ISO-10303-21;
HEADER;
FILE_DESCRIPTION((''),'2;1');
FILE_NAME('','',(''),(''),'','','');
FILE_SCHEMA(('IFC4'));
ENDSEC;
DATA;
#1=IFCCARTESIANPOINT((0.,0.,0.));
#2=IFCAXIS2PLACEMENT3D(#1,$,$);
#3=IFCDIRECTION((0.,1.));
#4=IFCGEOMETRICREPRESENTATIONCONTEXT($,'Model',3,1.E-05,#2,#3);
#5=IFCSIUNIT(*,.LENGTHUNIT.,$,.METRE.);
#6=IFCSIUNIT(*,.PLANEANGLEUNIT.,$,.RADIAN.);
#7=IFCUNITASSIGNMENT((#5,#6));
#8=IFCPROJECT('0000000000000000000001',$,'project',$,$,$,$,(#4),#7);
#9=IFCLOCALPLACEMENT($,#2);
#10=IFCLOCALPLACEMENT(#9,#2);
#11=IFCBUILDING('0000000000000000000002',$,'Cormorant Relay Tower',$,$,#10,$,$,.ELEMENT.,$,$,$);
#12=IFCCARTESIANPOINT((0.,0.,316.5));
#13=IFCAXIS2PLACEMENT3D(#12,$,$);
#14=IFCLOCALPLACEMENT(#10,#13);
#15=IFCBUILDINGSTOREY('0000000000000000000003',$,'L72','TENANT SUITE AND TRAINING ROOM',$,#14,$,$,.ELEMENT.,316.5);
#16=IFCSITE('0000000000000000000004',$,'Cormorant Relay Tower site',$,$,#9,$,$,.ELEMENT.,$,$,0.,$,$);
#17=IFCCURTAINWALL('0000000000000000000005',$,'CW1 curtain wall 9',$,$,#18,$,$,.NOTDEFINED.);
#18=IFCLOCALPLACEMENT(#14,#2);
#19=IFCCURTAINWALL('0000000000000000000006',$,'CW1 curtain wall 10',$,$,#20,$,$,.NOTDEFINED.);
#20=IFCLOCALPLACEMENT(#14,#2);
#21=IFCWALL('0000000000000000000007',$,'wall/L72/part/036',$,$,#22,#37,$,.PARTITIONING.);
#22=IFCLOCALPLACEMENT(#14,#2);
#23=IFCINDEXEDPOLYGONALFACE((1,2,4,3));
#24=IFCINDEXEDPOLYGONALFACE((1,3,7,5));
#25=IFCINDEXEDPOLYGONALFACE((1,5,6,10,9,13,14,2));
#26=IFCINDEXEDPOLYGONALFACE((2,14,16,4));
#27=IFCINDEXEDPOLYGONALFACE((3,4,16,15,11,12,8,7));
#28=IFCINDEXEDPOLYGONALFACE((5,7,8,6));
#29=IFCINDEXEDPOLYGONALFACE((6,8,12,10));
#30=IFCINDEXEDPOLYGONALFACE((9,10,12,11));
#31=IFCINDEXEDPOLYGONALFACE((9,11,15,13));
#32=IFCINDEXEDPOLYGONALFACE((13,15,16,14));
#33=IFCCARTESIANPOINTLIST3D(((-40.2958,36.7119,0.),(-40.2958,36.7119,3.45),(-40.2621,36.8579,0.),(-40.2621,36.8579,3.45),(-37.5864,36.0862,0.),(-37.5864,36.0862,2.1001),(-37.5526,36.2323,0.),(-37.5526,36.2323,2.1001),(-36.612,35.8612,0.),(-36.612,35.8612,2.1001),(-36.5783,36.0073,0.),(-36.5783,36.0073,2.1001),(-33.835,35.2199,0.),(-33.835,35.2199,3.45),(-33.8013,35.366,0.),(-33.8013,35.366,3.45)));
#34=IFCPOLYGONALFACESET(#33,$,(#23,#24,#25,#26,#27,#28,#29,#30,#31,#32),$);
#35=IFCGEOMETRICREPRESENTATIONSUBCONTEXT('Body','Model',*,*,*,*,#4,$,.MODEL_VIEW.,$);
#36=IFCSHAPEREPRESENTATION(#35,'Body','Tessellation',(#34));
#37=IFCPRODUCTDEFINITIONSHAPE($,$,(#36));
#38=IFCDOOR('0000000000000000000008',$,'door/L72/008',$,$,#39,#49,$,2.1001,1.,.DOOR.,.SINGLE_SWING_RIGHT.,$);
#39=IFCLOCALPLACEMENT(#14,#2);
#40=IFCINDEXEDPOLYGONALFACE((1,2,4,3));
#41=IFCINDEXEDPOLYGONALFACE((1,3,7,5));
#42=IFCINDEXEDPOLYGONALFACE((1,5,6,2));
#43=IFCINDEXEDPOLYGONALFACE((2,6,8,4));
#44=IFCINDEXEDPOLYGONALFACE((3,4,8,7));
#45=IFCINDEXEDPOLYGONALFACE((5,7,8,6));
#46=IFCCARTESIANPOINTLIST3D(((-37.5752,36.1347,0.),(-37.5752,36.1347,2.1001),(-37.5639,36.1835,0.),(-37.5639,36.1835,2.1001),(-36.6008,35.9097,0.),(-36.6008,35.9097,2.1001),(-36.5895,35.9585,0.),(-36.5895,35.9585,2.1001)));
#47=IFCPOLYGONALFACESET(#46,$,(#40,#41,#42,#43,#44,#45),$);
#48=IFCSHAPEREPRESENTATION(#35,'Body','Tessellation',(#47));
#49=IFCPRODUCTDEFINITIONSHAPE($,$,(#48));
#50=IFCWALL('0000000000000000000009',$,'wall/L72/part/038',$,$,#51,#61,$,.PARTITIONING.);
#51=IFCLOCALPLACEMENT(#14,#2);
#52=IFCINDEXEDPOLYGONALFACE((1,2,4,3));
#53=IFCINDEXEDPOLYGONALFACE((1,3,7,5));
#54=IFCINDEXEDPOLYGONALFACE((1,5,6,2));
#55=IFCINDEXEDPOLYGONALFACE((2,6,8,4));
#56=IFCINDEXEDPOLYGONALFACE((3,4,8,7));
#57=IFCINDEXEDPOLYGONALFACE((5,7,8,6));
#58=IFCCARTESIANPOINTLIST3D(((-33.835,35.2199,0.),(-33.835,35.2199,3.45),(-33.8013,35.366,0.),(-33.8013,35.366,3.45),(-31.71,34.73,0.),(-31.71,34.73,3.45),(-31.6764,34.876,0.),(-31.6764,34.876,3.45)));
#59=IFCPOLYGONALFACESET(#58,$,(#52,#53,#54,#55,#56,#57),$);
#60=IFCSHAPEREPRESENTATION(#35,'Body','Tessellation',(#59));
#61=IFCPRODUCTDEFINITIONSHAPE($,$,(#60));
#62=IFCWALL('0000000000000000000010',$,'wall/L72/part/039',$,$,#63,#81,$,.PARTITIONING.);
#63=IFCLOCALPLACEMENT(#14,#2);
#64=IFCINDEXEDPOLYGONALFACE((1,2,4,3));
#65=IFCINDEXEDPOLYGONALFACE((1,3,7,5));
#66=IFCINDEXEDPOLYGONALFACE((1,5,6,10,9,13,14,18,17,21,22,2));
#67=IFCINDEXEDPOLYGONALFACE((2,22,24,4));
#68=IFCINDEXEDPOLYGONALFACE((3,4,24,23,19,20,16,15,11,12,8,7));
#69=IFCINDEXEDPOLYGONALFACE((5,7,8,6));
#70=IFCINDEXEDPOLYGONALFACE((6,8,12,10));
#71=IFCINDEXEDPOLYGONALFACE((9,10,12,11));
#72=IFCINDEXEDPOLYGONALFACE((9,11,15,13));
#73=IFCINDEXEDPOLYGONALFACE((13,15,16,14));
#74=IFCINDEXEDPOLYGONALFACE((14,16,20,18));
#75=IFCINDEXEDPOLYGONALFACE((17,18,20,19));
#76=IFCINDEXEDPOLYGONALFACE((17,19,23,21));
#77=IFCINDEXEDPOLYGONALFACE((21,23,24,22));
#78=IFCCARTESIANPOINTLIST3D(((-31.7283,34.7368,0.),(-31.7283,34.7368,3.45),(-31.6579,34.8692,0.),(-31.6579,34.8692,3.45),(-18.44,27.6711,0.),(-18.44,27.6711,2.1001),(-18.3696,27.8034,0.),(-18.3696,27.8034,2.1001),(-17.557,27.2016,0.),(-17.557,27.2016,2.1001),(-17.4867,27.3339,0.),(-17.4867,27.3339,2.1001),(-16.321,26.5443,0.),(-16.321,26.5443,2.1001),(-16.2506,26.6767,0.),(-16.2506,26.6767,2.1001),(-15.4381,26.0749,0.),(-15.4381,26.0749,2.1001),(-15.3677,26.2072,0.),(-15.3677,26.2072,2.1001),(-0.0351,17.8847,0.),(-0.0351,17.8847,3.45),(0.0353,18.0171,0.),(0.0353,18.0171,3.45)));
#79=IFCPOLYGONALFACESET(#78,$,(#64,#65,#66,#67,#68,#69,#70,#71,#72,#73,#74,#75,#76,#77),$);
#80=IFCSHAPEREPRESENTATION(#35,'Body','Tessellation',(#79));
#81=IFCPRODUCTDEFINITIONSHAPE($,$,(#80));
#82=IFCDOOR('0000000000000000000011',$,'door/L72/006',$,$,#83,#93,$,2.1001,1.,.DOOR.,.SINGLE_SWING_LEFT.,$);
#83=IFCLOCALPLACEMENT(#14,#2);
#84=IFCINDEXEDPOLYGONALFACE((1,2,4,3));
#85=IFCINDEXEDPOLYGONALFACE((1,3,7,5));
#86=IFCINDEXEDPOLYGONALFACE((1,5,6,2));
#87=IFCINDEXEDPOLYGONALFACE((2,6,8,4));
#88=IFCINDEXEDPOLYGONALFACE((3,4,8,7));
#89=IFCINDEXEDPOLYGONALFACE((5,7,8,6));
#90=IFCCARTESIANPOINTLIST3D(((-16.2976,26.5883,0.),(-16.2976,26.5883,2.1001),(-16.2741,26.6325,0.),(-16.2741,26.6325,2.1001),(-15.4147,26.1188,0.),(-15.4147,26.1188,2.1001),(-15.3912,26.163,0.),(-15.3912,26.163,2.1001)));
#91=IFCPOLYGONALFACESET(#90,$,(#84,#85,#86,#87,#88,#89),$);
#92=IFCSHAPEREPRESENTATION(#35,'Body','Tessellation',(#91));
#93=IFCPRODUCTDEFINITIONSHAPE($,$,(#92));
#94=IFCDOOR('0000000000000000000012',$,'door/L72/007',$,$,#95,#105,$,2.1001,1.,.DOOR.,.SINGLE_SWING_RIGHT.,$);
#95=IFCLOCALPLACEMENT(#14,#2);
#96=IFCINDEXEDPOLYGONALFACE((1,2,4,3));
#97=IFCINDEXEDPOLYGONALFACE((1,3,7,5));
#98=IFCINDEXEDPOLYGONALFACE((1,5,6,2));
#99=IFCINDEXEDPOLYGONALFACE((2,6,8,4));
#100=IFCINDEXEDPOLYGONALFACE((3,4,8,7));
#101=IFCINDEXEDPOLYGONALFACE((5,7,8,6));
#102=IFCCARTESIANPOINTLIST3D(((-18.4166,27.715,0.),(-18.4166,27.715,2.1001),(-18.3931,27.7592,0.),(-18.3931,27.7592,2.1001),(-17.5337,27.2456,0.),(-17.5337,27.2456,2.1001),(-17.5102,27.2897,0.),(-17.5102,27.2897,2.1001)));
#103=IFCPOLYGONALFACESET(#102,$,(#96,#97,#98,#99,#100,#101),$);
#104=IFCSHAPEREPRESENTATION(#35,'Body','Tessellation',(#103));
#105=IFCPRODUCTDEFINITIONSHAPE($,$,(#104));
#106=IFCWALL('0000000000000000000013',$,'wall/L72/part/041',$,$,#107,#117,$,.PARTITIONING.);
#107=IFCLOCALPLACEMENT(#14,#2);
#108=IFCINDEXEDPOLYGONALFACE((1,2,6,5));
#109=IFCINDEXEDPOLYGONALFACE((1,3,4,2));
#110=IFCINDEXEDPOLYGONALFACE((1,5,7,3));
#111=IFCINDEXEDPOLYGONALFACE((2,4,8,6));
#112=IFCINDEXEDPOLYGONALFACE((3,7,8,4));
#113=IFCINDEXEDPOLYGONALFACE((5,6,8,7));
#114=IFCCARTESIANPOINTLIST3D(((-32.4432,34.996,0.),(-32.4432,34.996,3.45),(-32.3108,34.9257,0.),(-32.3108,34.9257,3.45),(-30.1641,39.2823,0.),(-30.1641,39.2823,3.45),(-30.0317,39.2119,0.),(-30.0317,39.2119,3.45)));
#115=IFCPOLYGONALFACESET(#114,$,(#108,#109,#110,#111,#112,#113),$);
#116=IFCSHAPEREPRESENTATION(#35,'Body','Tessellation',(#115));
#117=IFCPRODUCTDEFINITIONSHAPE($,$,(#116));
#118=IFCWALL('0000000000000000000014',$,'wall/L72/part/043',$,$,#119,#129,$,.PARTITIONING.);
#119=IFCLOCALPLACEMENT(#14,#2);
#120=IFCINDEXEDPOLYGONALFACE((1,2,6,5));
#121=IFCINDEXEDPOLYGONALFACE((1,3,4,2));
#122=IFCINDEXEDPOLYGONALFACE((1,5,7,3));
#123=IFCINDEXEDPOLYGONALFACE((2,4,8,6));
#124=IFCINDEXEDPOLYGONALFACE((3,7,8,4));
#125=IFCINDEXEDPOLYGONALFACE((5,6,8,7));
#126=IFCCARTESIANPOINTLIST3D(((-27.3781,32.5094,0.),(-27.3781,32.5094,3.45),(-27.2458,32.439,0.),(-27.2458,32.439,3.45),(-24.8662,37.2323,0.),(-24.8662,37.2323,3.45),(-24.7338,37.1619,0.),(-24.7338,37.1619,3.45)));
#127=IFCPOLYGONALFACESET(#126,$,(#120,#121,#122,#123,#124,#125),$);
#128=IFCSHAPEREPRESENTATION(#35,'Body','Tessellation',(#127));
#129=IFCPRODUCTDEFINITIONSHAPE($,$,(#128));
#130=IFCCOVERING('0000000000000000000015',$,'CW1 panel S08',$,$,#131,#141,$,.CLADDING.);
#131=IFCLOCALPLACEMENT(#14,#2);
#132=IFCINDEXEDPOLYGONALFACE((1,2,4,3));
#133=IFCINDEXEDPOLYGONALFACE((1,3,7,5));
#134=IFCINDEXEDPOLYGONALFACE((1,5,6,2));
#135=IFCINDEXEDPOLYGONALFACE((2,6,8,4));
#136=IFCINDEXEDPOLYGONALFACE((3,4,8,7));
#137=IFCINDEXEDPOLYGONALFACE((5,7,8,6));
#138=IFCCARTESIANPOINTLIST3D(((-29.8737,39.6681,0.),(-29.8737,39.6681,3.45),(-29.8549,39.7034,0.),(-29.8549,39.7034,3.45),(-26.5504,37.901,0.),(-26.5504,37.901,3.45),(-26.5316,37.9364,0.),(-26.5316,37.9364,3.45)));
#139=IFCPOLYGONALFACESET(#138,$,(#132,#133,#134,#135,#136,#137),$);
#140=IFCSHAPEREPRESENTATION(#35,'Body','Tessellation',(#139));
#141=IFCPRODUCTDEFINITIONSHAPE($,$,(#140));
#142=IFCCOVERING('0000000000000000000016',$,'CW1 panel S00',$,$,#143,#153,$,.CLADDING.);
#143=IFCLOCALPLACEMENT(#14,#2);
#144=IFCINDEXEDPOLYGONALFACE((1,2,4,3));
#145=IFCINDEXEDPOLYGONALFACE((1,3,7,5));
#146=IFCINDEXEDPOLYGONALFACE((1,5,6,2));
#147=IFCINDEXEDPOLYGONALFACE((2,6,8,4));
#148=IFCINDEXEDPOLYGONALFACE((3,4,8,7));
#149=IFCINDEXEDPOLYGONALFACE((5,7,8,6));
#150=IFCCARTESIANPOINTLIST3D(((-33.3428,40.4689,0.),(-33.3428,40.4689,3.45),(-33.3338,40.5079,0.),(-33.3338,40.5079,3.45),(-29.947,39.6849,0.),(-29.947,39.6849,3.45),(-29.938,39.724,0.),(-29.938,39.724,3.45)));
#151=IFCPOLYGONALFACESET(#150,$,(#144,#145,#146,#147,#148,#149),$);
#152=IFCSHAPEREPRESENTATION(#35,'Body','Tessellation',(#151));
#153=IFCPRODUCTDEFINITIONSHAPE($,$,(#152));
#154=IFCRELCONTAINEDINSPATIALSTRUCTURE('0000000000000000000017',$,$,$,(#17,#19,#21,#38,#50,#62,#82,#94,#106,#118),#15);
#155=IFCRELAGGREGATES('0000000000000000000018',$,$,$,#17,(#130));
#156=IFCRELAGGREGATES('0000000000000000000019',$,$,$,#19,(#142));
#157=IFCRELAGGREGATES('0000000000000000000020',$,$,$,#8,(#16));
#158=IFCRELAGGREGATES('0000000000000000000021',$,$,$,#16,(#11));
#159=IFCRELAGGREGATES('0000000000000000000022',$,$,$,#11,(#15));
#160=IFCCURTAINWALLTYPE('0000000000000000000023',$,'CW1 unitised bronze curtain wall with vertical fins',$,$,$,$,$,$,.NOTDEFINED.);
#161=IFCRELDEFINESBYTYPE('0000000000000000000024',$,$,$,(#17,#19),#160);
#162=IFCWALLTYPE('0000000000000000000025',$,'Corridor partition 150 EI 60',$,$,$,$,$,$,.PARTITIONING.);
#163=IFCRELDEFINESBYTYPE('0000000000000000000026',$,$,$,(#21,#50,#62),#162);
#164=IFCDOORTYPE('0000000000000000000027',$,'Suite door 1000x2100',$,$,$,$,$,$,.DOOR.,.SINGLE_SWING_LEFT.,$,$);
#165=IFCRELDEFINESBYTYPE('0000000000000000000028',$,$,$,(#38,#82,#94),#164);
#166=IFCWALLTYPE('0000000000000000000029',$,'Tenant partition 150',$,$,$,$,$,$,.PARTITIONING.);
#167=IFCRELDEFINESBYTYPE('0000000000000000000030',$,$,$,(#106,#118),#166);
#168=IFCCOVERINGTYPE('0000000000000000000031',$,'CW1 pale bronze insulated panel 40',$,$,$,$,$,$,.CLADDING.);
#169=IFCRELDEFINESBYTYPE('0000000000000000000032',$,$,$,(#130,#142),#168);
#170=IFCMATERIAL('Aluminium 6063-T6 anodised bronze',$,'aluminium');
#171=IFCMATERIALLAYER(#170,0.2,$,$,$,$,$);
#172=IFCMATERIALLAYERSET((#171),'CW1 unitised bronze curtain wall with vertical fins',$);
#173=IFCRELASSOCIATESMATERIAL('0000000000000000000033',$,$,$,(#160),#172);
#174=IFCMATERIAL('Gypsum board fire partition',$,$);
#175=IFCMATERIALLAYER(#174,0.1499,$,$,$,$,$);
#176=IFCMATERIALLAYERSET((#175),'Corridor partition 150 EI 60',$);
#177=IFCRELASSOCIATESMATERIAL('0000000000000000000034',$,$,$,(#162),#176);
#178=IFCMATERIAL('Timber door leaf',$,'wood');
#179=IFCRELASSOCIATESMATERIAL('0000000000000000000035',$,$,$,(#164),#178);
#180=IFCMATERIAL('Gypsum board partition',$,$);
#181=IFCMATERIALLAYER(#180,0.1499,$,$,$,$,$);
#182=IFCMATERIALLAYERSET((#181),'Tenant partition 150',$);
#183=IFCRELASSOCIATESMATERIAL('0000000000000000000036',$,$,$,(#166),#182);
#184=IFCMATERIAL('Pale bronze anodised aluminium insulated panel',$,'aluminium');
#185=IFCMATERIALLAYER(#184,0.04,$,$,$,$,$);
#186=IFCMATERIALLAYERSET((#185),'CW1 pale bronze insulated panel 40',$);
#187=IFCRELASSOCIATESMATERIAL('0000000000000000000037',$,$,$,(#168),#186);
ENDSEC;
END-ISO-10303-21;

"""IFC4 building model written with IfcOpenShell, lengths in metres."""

from ifc_helpers import new_model, si_unit, direction, frame, frame_2d, origin, origin_2d, place, context, subcontext, project, spatial, rectangle, extrude, material, layer, layer_set, type_object, element, fill, aggregate, save


model = new_model("IFC4")

# Units and contexts
model_context = context("Model", 3, precision=1e-05, world=origin(), true_north=direction((0.0, 1.0)))
body_context = subcontext(model_context, "Body", "Model", "MODEL_VIEW")
ifc_project = project(units=[si_unit("LENGTHUNIT", "METRE"), si_unit("PLANEANGLEUNIT", "RADIAN")], contexts=[model_context])

# Site, building, storey
site_placement = place(None, origin())
site = spatial("IfcSite", under=ifc_project, at=site_placement, Name="Cormorant Relay Tower site", CompositionType="ELEMENT", RefElevation=0.0)
building_placement = place(site_placement, origin())
building = spatial("IfcBuilding", under=site, at=building_placement, Name="Cormorant Relay Tower", CompositionType="ELEMENT")
storey_placement = place(building_placement, frame((0.0, 0.0, 316.5)))
storey = spatial("IfcBuildingStorey", under=building, at=storey_placement, Name="L72", Description="TENANT SUITE AND TRAINING ROOM", CompositionType="ELEMENT", Elevation=316.5)

# Curtain wall
ifc_material_1 = material(Name="Aluminium 6063-T6 anodised bronze", Category="aluminium")
ifc_layer_1 = layer(ifc_material_1, 0.2)
ifc_layer_set_1 = layer_set([ifc_layer_1], Name="CW1 unitised bronze curtain wall with vertical fins")
curtain_wall_type = type_object("IfcCurtainWallType", Name="CW1 unitised bronze curtain wall with vertical fins", PredefinedType="NOTDEFINED", material=ifc_layer_set_1)
curtain_wall_1_placement = place(storey_placement, origin())
curtain_wall_1 = element("IfcCurtainWall", 1, at=curtain_wall_1_placement, inside=storey, type_object=curtain_wall_type, Name="CW1 curtain wall 9", PredefinedType="NOTDEFINED")

# Curtain wall
curtain_wall_2_placement = place(storey_placement, origin())
curtain_wall_2 = element("IfcCurtainWall", 2, at=curtain_wall_2_placement, inside=storey, type_object=curtain_wall_type, Name="CW1 curtain wall 10", PredefinedType="NOTDEFINED")

# Shared definitions
ifc_material_2 = material(Name="Gypsum board fire partition")
ifc_layer_2 = layer(ifc_material_2, 0.1499)
ifc_layer_set_2 = layer_set([ifc_layer_2], Name="Corridor partition 150 EI 60")
wall_type_1 = type_object("IfcWallType", Name="Corridor partition 150 EI 60", PredefinedType="PARTITIONING", material=ifc_layer_set_2)

# Wall, opening, door
wall_1_placement = place(storey_placement, frame((-33.8181, 35.293, 0.0), z_axis=(0.0, 0.0, 1.0), x_axis=(-0.97436, 0.224997, 0.0)))
wall_1 = element("IfcWall", 3, at=wall_1_placement, inside=storey, type_object=wall_type_1, Name="wall/L72/part/036", PredefinedType="PARTITIONING", context=body_context, shape_type="SweptSolid", body=[
    extrude(rectangle(XDim=6.6309, YDim=0.1499, at=frame_2d((3.3154, 0.0))), origin(), (0.0, 0.0, 1.0), 3.45),
])
opening_1_placement = place(wall_1_placement, frame((2.8501, 0.0, 0.0)))
opening_1 = element("IfcOpeningElement", 4, at=opening_1_placement, cuts=wall_1, PredefinedType="OPENING", context=body_context, shape_type="SweptSolid", body=[
    extrude(rectangle(XDim=1.0, YDim=2.1001, at=frame_2d((0.5, 1.05))), frame((0.0, 0.085, 0.0), z_axis=(0.0, -1.0, 0.0), x_axis=(1.0, 0.0, 0.0)), (0.0, 0.0, 1.0), 0.1699),
])
ifc_material_3 = material(Name="Timber door leaf", Category="wood")
door_type_1 = type_object("IfcDoorType", Name="Suite door 1000x2100", OperationType="SINGLE_SWING_LEFT", PredefinedType="DOOR", material=ifc_material_3)
door_1_placement = place(opening_1_placement, frame((1.0, 0.0, 0.0), z_axis=(0.0, 0.0, 1.0), x_axis=(-1.0, 0.0, 0.0)))
door_1 = element("IfcDoor", 5, at=door_1_placement, inside=storey, type_object=door_type_1, Name="door/L72/008", OperationType="SINGLE_SWING_RIGHT", OverallHeight=2.1001, OverallWidth=1.0, PredefinedType="DOOR", context=body_context, shape_type="SweptSolid", body=[
    extrude(rectangle(XDim=1.0, YDim=2.1001, at=frame_2d((0.5, 1.05))), frame((0.0, 0.0249, 0.0), z_axis=(0.0, -1.0, 0.0), x_axis=(1.0, 0.0, 0.0)), (0.0, 0.0, 1.0), 0.05),
])
fill(opening_1, door_1)

# Wall
wall_2_placement = place(storey_placement, frame((-33.8181, 35.293, 0.0), z_axis=(0.0, 0.0, 1.0), x_axis=(0.974431, -0.224688, 0.0)))
element("IfcWall", 6, at=wall_2_placement, inside=storey, type_object=wall_type_1, Name="wall/L72/part/038", PredefinedType="PARTITIONING", context=body_context, shape_type="SweptSolid", body=[
    extrude(rectangle(XDim=2.1807, YDim=0.1499, at=frame_2d((1.0903, 0.0))), origin(), (0.0, 0.0, 1.0), 3.45),
])

# Wall, openings, doors
wall_3_placement = place(storey_placement, frame((-31.6931, 34.803, 0.0), z_axis=(0.0, 0.0, 1.0), x_axis=(0.882942, -0.469483, 0.0)))
wall_3 = element("IfcWall", 7, at=wall_3_placement, inside=storey, type_object=wall_type_1, Name="wall/L72/part/039", PredefinedType="PARTITIONING", context=body_context, shape_type="SweptSolid", body=[
    extrude(rectangle(XDim=35.895, YDim=0.1499, at=frame_2d((17.9475, 0.0))), origin(), (0.0, 0.0, 1.0), 3.45),
])
opening_2_placement = place(wall_3_placement, frame((17.45, 0.0, 0.0)))
opening_2 = element("IfcOpeningElement", 8, at=opening_2_placement, cuts=wall_3, PredefinedType="OPENING", context=body_context, shape_type="SweptSolid", body=[
    extrude(rectangle(XDim=1.0, YDim=2.1001, at=frame_2d((0.5, 1.05))), frame((0.0, 0.085, 0.0), z_axis=(0.0, -1.0, 0.0), x_axis=(1.0, 0.0, 0.0)), (0.0, 0.0, 1.0), 0.1699),
])
opening_3_placement = place(wall_3_placement, frame((15.05, 0.0, 0.0)))
opening_3 = element("IfcOpeningElement", 9, at=opening_3_placement, cuts=wall_3, PredefinedType="OPENING", context=body_context, shape_type="SweptSolid", body=[
    extrude(rectangle(XDim=1.0, YDim=2.1001, at=frame_2d((0.5, 1.05))), frame((0.0, 0.085, 0.0), z_axis=(0.0, -1.0, 0.0), x_axis=(1.0, 0.0, 0.0)), (0.0, 0.0, 1.0), 0.1699),
])
door_2_placement = place(opening_2_placement, origin())
door_2 = element("IfcDoor", 10, at=door_2_placement, inside=storey, type_object=door_type_1, Name="door/L72/006", OperationType="SINGLE_SWING_LEFT", OverallHeight=2.1001, OverallWidth=1.0, PredefinedType="DOOR", context=body_context, shape_type="SweptSolid", body=[
    extrude(rectangle(XDim=1.0, YDim=2.1001, at=frame_2d((0.5, 1.05))), frame((0.0, 0.0249, 0.0), z_axis=(0.0, -1.0, 0.0), x_axis=(1.0, 0.0, 0.0)), (0.0, 0.0, 1.0), 0.05),
])
fill(opening_2, door_2)
door_3_placement = place(opening_3_placement, origin())
door_3 = element("IfcDoor", 11, at=door_3_placement, inside=storey, type_object=door_type_1, Name="door/L72/007", OperationType="SINGLE_SWING_RIGHT", OverallHeight=2.1001, OverallWidth=1.0, PredefinedType="DOOR", context=body_context, shape_type="SweptSolid", body=[
    extrude(rectangle(XDim=1.0, YDim=2.1001, at=frame_2d((0.5, 1.05))), frame((0.0, 0.0249, 0.0), z_axis=(0.0, -1.0, 0.0), x_axis=(1.0, 0.0, 0.0)), (0.0, 0.0, 1.0), 0.05),
])
fill(opening_3, door_3)

# Walls
ifc_material_4 = material(Name="Gypsum board partition")
ifc_layer_3 = layer(ifc_material_4, 0.1499)
ifc_layer_set_3 = layer_set([ifc_layer_3], Name="Tenant partition 150")
wall_type_2 = type_object("IfcWallType", Name="Tenant partition 150", PredefinedType="PARTITIONING", material=ifc_layer_set_3)
wall_4_placement = place(storey_placement, frame((-30.0979, 39.2471, 0.0), z_axis=(0.0, 0.0, 1.0), x_axis=(-0.469484, -0.882941, 0.0)))
element("IfcWall", 12, at=wall_4_placement, inside=storey, type_object=wall_type_2, Name="wall/L72/part/041", PredefinedType="PARTITIONING", context=body_context, shape_type="SweptSolid", body=[
    extrude(rectangle(XDim=4.8545, YDim=0.1499, at=frame_2d((2.4272, 0.0))), origin(), (0.0, 0.0, 1.0), 3.45),
])
wall_5_placement = place(storey_placement, frame((-27.312, 32.4741, 0.0), z_axis=(0.0, 0.0, 1.0), x_axis=(0.469581, 0.882889, 0.0)))
element("IfcWall", 13, at=wall_5_placement, inside=storey, type_object=wall_type_2, Name="wall/L72/part/043", PredefinedType="PARTITIONING", context=body_context, shape_type="SweptSolid", body=[
    extrude(rectangle(XDim=5.3494, YDim=0.1499, at=frame_2d((2.6748, 0.0))), origin(), (0.0, 0.0, 1.0), 3.45),
])

# Coverings
ifc_material_5 = material(Name="Pale bronze anodised aluminium insulated panel", Category="aluminium")
ifc_layer_4 = layer(ifc_material_5, 0.04)
ifc_layer_set_4 = layer_set([ifc_layer_4], Name="CW1 pale bronze insulated panel 40")
covering_type = type_object("IfcCoveringType", Name="CW1 pale bronze insulated panel 40", PredefinedType="CLADDING", material=ifc_layer_set_4)
covering_1_placement = place(storey_placement, frame((-28.2026, 38.8022, 0.0), z_axis=(0.0, 0.0, 1.0), x_axis=(-0.882948, 0.469472, 0.0)))
covering_1 = element("IfcCovering", 14, at=covering_1_placement, type_object=covering_type, Name="CW1 panel S08", PredefinedType="CLADDING", context=body_context, shape_type="SweptSolid", body=[
    extrude(rectangle(XDim=3.7639, YDim=0.04, at=origin_2d()), origin(), (0.0, 0.0, 1.0), 3.45),
])
aggregate(curtain_wall_1, [covering_1])
covering_2_placement = place(storey_placement, frame((-31.6404, 40.0964, 0.0), z_axis=(0.0, 0.0, 1.0), x_axis=(-0.97437, 0.224951, 0.0)))
covering_2 = element("IfcCovering", 15, at=covering_2_placement, type_object=covering_type, Name="CW1 panel S00", PredefinedType="CLADDING", context=body_context, shape_type="SweptSolid", body=[
    extrude(rectangle(XDim=3.4851, YDim=0.04, at=origin_2d()), origin(), (0.0, 0.0, 1.0), 3.45),
])
aggregate(curtain_wall_2, [covering_2])

save(model, "model.ifc")
